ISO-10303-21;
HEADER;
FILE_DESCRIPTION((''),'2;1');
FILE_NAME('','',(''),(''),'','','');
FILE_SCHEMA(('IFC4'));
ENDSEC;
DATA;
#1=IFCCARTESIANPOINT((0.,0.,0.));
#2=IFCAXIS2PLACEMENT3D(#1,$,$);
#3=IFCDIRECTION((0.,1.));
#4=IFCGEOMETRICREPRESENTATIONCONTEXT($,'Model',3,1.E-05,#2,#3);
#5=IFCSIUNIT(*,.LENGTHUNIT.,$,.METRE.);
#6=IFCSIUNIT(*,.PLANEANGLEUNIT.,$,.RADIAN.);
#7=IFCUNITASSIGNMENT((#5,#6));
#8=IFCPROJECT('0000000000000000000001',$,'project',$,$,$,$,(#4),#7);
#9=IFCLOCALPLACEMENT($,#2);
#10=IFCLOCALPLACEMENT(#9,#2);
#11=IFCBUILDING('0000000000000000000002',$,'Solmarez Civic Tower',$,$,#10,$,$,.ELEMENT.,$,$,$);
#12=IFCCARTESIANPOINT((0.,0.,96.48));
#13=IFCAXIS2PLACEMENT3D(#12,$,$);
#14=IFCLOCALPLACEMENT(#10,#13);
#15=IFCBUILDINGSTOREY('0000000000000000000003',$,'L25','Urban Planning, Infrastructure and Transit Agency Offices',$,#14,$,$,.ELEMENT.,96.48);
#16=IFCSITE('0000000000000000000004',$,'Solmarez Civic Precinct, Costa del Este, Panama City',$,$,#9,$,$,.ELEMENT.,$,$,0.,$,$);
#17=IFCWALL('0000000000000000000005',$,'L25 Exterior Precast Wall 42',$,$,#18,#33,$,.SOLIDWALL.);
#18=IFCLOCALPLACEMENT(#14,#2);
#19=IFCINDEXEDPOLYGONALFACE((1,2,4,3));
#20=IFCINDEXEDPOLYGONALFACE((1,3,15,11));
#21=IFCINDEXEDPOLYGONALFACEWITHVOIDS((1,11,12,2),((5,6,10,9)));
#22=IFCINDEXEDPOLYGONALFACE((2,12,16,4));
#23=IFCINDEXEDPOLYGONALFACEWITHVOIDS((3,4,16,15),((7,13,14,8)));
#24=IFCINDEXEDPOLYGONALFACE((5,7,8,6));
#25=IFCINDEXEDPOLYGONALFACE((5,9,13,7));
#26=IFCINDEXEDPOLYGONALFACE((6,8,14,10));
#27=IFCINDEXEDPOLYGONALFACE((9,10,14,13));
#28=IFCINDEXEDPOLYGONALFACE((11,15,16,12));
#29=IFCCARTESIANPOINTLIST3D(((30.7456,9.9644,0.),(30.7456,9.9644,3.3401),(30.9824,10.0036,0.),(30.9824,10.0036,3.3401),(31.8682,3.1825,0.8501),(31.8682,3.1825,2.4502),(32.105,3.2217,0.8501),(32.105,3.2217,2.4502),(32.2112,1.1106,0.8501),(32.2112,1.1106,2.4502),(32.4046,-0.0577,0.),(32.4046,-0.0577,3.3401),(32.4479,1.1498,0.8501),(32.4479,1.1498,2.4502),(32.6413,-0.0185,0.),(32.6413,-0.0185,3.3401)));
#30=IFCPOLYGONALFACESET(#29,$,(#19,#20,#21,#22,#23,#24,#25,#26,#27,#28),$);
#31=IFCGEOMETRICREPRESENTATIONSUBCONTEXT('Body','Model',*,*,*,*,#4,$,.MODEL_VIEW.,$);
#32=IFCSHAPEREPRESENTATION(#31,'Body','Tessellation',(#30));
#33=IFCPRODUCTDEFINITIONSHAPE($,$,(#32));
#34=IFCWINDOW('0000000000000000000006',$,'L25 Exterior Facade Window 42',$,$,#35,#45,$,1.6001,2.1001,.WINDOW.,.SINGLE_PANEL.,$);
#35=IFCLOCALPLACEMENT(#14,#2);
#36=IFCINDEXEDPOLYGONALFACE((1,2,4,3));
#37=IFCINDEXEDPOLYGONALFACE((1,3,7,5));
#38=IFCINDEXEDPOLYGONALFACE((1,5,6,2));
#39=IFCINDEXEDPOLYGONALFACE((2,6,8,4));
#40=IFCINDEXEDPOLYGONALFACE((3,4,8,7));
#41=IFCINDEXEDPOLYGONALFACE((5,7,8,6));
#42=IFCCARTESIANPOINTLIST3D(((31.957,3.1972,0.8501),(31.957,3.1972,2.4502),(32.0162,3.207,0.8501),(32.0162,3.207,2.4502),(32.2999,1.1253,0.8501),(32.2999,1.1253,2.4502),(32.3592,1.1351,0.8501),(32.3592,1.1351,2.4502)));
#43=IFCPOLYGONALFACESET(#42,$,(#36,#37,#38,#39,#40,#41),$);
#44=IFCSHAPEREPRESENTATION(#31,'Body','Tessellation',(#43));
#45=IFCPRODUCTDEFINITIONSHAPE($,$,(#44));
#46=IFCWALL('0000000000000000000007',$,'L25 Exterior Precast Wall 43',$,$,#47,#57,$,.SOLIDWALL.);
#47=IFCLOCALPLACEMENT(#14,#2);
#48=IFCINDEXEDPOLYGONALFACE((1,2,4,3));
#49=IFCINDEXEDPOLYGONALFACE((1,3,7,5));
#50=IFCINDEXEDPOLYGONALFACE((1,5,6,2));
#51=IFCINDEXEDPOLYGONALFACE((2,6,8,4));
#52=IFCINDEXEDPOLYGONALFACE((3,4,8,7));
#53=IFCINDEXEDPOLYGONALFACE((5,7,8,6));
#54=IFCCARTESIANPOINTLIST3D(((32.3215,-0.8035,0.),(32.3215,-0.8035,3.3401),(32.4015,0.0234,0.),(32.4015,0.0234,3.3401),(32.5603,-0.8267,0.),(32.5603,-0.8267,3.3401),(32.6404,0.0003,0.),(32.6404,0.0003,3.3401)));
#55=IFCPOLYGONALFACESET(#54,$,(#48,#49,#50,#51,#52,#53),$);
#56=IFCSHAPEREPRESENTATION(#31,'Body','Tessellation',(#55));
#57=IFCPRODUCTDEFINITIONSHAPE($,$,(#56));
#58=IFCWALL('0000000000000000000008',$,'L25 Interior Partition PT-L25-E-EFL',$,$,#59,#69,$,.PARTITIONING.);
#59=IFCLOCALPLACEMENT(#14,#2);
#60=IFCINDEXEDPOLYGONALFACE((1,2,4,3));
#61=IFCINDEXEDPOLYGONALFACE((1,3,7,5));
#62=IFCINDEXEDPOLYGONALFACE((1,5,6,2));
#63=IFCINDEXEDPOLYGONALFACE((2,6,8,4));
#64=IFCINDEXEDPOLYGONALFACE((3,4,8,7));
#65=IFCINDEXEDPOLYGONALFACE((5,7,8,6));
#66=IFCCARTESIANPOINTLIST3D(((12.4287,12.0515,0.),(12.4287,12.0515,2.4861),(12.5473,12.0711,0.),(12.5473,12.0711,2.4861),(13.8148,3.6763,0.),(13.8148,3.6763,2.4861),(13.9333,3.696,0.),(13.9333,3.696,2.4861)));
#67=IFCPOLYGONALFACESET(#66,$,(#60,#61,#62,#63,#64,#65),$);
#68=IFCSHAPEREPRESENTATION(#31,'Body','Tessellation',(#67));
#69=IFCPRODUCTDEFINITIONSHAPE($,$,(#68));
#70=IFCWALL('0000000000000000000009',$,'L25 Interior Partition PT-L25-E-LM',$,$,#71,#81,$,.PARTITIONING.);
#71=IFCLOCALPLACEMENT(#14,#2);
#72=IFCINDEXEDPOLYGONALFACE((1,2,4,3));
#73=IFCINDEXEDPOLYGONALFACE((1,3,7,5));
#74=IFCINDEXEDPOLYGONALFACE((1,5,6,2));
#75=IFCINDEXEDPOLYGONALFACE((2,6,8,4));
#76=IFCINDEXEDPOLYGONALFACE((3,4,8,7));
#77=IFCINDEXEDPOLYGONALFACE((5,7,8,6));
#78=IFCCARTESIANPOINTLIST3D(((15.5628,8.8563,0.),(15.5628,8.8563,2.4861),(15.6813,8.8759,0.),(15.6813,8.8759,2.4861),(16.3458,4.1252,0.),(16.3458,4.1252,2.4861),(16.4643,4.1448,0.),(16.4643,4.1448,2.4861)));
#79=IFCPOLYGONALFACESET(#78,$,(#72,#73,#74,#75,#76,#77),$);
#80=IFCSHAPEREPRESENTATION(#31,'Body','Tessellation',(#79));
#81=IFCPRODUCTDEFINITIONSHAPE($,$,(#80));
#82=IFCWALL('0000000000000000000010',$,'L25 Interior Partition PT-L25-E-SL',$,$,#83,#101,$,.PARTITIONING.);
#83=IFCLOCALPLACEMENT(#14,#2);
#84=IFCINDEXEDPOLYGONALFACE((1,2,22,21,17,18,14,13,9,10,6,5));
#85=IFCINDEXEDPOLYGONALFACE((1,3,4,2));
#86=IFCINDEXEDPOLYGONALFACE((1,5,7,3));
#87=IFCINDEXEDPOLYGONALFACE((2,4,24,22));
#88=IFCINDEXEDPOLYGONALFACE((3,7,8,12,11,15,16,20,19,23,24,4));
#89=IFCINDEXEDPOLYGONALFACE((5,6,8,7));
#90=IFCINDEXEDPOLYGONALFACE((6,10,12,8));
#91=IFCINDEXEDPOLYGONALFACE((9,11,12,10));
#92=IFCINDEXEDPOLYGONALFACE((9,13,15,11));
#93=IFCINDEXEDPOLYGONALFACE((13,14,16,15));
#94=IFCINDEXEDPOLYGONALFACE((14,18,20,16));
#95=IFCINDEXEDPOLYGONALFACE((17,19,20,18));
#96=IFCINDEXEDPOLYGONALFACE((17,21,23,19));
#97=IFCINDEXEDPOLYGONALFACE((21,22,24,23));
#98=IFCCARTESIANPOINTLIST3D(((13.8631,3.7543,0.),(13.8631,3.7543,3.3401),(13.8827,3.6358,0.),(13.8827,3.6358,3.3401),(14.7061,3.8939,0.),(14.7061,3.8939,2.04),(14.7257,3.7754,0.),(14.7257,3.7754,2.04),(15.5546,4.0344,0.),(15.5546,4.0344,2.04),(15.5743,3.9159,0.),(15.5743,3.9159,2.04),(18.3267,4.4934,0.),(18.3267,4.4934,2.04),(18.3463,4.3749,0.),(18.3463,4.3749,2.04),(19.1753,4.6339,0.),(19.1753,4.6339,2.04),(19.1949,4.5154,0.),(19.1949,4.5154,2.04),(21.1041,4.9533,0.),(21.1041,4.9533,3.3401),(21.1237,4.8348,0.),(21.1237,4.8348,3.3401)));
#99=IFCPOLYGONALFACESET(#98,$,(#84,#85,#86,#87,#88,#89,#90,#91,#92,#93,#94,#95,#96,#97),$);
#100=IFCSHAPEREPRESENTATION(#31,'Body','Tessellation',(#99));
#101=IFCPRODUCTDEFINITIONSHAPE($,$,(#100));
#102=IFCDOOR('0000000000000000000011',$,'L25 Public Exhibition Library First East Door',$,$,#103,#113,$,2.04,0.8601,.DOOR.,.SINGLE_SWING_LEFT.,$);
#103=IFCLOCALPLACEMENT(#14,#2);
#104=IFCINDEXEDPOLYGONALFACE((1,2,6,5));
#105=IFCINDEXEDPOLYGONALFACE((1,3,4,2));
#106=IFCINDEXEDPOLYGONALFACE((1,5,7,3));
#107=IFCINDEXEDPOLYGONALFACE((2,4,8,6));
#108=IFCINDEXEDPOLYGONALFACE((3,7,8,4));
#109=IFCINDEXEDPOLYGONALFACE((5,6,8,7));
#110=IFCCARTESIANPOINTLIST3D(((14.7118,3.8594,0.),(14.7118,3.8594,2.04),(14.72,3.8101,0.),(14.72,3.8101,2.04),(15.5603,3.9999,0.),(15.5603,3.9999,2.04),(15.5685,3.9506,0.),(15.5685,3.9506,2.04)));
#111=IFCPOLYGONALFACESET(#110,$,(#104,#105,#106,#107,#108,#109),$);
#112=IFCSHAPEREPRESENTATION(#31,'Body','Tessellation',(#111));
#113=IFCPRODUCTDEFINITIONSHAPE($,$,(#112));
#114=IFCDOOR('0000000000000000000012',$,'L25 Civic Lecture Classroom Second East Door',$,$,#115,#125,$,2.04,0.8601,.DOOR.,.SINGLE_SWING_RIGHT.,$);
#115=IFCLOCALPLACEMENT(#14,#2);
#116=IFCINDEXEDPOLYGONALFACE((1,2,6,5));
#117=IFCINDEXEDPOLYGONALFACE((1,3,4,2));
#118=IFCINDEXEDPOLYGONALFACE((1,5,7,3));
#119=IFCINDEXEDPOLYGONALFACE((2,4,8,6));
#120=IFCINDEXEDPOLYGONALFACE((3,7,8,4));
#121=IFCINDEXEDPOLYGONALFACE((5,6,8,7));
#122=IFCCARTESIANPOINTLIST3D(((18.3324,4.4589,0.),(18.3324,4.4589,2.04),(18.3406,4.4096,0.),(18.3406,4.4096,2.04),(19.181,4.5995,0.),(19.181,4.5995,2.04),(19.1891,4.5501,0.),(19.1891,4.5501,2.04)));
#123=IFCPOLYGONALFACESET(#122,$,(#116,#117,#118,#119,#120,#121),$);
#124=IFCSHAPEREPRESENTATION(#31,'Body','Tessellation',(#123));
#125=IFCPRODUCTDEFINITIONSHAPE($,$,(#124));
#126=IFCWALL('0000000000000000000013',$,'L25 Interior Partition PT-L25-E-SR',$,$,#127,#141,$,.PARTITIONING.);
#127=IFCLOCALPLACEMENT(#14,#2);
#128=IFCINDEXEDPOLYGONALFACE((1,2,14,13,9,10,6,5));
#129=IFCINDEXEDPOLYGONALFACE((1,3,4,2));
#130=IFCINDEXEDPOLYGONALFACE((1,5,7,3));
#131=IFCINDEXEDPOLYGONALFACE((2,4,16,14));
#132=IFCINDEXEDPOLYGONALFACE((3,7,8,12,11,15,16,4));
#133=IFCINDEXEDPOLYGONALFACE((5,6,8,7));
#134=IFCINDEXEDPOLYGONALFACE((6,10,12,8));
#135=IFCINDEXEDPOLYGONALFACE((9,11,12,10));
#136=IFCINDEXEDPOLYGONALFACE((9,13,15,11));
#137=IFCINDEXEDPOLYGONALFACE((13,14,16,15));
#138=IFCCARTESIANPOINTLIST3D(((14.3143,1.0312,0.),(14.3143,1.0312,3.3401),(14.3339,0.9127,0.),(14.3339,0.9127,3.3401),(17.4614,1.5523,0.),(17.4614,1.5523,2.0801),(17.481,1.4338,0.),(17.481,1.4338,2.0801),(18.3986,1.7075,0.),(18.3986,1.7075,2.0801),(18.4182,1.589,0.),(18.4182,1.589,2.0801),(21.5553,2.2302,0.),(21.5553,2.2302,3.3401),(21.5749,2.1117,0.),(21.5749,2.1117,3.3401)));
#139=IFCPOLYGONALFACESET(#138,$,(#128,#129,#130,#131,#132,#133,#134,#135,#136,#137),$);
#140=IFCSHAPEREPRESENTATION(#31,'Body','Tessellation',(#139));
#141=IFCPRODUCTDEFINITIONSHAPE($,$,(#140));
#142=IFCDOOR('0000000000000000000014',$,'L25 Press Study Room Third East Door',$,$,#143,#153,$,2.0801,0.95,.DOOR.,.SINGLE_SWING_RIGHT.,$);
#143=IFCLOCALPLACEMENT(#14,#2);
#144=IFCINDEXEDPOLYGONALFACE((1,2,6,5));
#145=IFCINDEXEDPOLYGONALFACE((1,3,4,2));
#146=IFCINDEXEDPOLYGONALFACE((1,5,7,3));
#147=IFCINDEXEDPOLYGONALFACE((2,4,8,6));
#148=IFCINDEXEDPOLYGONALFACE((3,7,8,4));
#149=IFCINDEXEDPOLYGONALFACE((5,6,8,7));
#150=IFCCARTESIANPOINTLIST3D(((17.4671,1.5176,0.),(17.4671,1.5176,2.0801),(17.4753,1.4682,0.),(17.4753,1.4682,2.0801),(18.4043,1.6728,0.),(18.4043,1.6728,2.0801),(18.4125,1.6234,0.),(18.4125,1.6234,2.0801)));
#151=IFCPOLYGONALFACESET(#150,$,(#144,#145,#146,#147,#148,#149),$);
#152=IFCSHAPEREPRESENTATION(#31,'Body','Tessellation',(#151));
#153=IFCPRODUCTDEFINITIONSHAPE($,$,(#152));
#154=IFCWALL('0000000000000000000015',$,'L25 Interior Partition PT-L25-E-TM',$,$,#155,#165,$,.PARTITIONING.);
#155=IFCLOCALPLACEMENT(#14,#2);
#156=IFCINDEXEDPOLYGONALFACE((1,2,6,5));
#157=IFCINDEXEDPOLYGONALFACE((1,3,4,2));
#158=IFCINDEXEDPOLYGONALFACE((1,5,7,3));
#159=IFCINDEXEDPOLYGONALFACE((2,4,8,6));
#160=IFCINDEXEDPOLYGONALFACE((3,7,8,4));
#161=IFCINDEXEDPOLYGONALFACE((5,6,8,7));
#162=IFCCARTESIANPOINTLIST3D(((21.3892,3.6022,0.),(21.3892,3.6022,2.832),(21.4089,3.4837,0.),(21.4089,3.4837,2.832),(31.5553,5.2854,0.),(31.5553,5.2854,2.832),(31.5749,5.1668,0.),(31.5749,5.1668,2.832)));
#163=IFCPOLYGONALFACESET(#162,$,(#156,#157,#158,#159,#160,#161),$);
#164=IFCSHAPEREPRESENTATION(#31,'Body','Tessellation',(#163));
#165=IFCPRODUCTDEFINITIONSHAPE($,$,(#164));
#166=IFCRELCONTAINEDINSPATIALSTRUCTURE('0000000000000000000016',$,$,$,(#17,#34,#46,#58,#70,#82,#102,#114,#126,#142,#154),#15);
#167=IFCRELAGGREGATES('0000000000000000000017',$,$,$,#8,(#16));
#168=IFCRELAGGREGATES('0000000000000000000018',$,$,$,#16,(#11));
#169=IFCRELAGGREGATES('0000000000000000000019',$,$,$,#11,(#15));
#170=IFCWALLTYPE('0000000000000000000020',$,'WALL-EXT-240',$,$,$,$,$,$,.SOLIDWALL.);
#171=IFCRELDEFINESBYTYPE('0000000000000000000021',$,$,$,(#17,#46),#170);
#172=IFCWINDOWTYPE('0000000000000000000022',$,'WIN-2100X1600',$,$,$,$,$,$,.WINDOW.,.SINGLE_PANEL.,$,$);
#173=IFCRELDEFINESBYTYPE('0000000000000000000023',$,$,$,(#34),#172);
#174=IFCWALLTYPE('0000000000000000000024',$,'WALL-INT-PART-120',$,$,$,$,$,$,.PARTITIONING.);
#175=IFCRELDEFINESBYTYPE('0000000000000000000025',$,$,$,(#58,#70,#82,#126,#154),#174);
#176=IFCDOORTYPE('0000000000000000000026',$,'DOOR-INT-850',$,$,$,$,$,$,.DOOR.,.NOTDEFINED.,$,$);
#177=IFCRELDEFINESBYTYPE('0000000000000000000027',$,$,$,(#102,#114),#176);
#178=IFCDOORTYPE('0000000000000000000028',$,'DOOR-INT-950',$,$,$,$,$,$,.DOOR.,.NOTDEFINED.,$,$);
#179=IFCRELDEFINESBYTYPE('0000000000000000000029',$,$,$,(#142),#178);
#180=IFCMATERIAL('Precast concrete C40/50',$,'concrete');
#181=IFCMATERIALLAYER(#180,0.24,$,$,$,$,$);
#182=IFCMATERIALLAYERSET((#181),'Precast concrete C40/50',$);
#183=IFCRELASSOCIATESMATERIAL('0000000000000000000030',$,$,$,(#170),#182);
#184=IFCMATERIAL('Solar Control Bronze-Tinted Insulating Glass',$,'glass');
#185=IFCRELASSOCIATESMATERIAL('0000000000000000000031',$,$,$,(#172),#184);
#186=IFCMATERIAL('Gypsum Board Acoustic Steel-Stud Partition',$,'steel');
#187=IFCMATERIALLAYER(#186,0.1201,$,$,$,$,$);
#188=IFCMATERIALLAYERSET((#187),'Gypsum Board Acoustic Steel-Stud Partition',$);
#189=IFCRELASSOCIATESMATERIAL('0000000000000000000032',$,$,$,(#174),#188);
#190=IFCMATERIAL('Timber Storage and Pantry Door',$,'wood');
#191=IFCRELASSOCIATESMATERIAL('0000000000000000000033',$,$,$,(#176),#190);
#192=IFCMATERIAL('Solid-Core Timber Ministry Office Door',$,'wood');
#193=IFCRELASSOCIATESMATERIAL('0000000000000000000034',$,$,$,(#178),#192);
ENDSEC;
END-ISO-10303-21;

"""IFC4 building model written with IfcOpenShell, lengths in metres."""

from ifc_helpers import new_model, si_unit, direction, frame, frame_2d, origin, place, context, subcontext, project, spatial, rectangle, extrude, material, layer, layer_set, type_object, element, fill, save


model = new_model("IFC4")

# Units and contexts
model_context = context("Model", 3, precision=1e-05, world=origin(), true_north=direction((0.0, 1.0)))
body_context = subcontext(model_context, "Body", "Model", "MODEL_VIEW")
ifc_project = project(units=[si_unit("LENGTHUNIT", "METRE"), si_unit("PLANEANGLEUNIT", "RADIAN")], contexts=[model_context])

# Site, building, storey
site_placement = place(None, origin())
site = spatial("IfcSite", under=ifc_project, at=site_placement, Name="Solmarez Civic Precinct, Costa del Este, Panama City", CompositionType="ELEMENT", RefElevation=0.0)
building_placement = place(site_placement, origin())
building = spatial("IfcBuilding", under=site, at=building_placement, Name="Solmarez Civic Tower", CompositionType="ELEMENT")
storey_placement = place(building_placement, frame((0.0, 0.0, 96.48)))
storey = spatial("IfcBuildingStorey", under=building, at=storey_placement, Name="L25", Description="Urban Planning, Infrastructure and Transit Agency Offices", CompositionType="ELEMENT", Elevation=96.48)

# Shared definitions
ifc_material_1 = material(Name="Precast concrete C40/50", Category="concrete")
ifc_layer_1 = layer(ifc_material_1, 0.24)
ifc_layer_set_1 = layer_set([ifc_layer_1], Name="Precast concrete C40/50")
wall_type_1 = type_object("IfcWallType", Name="WALL-EXT-240", PredefinedType="SOLIDWALL", material=ifc_layer_set_1)

# Wall, opening, window
wall_1_placement = place(storey_placement, frame((30.864, 9.9839, 0.0), z_axis=(0.0, 0.0, 1.0), x_axis=(0.163308, -0.986575, 0.0)))
wall_1 = element("IfcWall", 1, at=wall_1_placement, inside=storey, type_object=wall_type_1, Name="L25 Exterior Precast Wall 42", PredefinedType="SOLIDWALL", context=body_context, shape_type="SweptSolid", body=[
    extrude(rectangle(XDim=10.1584, YDim=0.24, at=frame_2d((5.0791, 0.0))), origin(), (0.0, 0.0, 1.0), 3.3401),
])
opening_1_placement = place(wall_1_placement, frame((6.874, 0.0, 0.8501)))
opening_1 = element("IfcOpeningElement", 2, at=opening_1_placement, cuts=wall_1, PredefinedType="OPENING", context=body_context, shape_type="SweptSolid", body=[
    extrude(rectangle(XDim=2.1001, YDim=1.6001, at=frame_2d((1.05, 0.8))), frame((0.0, 0.1299, 0.0), z_axis=(0.0, -1.0, 0.0), x_axis=(1.0, 0.0, 0.0)), (0.0, 0.0, 1.0), 0.26),
])
ifc_material_2 = material(Name="Solar Control Bronze-Tinted Insulating Glass", Category="glass")
window_type = type_object("IfcWindowType", Name="WIN-2100X1600", PartitioningType="SINGLE_PANEL", PredefinedType="WINDOW", material=ifc_material_2)
window_placement = place(opening_1_placement, origin())
window = element("IfcWindow", 3, at=window_placement, inside=storey, type_object=window_type, Name="L25 Exterior Facade Window 42", OverallHeight=1.6001, OverallWidth=2.1001, PartitioningType="SINGLE_PANEL", PredefinedType="WINDOW", context=body_context, shape_type="SweptSolid", body=[
    extrude(rectangle(XDim=2.1001, YDim=1.6001, at=frame_2d((1.05, 0.8))), frame((0.0, 0.03, 0.0), z_axis=(0.0, -1.0, 0.0), x_axis=(1.0, 0.0, 0.0)), (0.0, 0.0, 1.0), 0.0601),
])
fill(opening_1, window)

# Walls
wall_2_placement = place(storey_placement, frame((32.521, 0.012, 0.0), z_axis=(0.0, 0.0, 1.0), x_axis=(-0.09639, -0.995344, 0.0)))
element("IfcWall", 4, at=wall_2_placement, inside=storey, type_object=wall_type_1, Name="L25 Exterior Precast Wall 43", PredefinedType="SOLIDWALL", context=body_context, shape_type="SweptSolid", body=[
    extrude(rectangle(XDim=0.8308, YDim=0.24, at=frame_2d((0.4155, 0.0))), origin(), (0.0, 0.0, 1.0), 3.3401),
])
ifc_material_3 = material(Name="Gypsum Board Acoustic Steel-Stud Partition", Category="steel")
ifc_layer_2 = layer(ifc_material_3, 0.1201)
ifc_layer_set_2 = layer_set([ifc_layer_2], Name="Gypsum Board Acoustic Steel-Stud Partition")
wall_type_2 = type_object("IfcWallType", Name="WALL-INT-PART-120", PredefinedType="PARTITIONING", material=ifc_layer_set_2)
wall_3_placement = place(storey_placement, frame((13.874, 3.686, 0.0), z_axis=(0.0, 0.0, 1.0), x_axis=(-0.16327, 0.986581, 0.0)))
element("IfcWall", 5, at=wall_3_placement, inside=storey, type_object=wall_type_2, Name="L25 Interior Partition PT-L25-E-EFL", PredefinedType="PARTITIONING", context=body_context, shape_type="SweptSolid", body=[
    extrude(rectangle(XDim=8.489, YDim=0.1201, at=frame_2d((4.2446, 0.0))), origin(), (0.0, 0.0, 1.0), 2.4861),
])
wall_4_placement = place(storey_placement, frame((16.405, 4.135, 0.0), z_axis=(0.0, 0.0, 1.0), x_axis=(-0.163276, 0.98658, 0.0)))
element("IfcWall", 6, at=wall_4_placement, inside=storey, type_object=wall_type_2, Name="L25 Interior Partition PT-L25-E-LM", PredefinedType="PARTITIONING", context=body_context, shape_type="SweptSolid", body=[
    extrude(rectangle(XDim=4.7954, YDim=0.1201, at=frame_2d((2.3977, 0.0))), origin(), (0.0, 0.0, 1.0), 2.4861),
])

# Wall, openings, doors
wall_5_placement = place(storey_placement, frame((21.114, 4.894, 0.0), z_axis=(0.0, 0.0, 1.0), x_axis=(-0.986567, -0.163358, 0.0)))
wall_5 = element("IfcWall", 7, at=wall_5_placement, inside=storey, type_object=wall_type_2, Name="L25 Interior Partition PT-L25-E-SL", PredefinedType="PARTITIONING", context=body_context, shape_type="SweptSolid", body=[
    extrude(rectangle(XDim=7.3396, YDim=0.1201, at=frame_2d((3.6699, 0.0))), origin(), (0.0, 0.0, 1.0), 3.3401),
])
opening_2_placement = place(wall_5_placement, frame((5.625, 0.0, 0.0)))
opening_2 = element("IfcOpeningElement", 8, at=opening_2_placement, cuts=wall_5, PredefinedType="OPENING", context=body_context, shape_type="SweptSolid", body=[
    extrude(rectangle(XDim=0.8601, YDim=2.04, at=frame_2d((0.4302, 1.02))), frame((0.0, 0.0701, 0.0), z_axis=(0.0, -1.0, 0.0), x_axis=(1.0, 0.0, 0.0)), (0.0, 0.0, 1.0), 0.1401),
])
opening_3_placement = place(wall_5_placement, frame((1.9551, 0.0, 0.0)))
opening_3 = element("IfcOpeningElement", 9, at=opening_3_placement, cuts=wall_5, PredefinedType="OPENING", context=body_context, shape_type="SweptSolid", body=[
    extrude(rectangle(XDim=0.8601, YDim=2.04, at=frame_2d((0.4302, 1.02))), frame((0.0, 0.0701, 0.0), z_axis=(0.0, -1.0, 0.0), x_axis=(1.0, 0.0, 0.0)), (0.0, 0.0, 1.0), 0.1401),
])
ifc_material_4 = material(Name="Timber Storage and Pantry Door", Category="wood")
door_type_1 = type_object("IfcDoorType", Name="DOOR-INT-850", OperationType="NOTDEFINED", PredefinedType="DOOR", material=ifc_material_4)
door_1_placement = place(opening_2_placement, origin())
door_1 = element("IfcDoor", 10, at=door_1_placement, inside=storey, type_object=door_type_1, Name="L25 Public Exhibition Library First East Door", OperationType="SINGLE_SWING_LEFT", OverallHeight=2.04, OverallWidth=0.8601, PredefinedType="DOOR", context=body_context, shape_type="SweptSolid", body=[
    extrude(rectangle(XDim=0.8601, YDim=2.04, at=frame_2d((0.4302, 1.02))), frame((0.0, 0.0249, 0.0), z_axis=(0.0, -1.0, 0.0), x_axis=(1.0, 0.0, 0.0)), (0.0, 0.0, 1.0), 0.05),
])
fill(opening_2, door_1)
door_2_placement = place(opening_3_placement, origin())
door_2 = element("IfcDoor", 11, at=door_2_placement, inside=storey, type_object=door_type_1, Name="L25 Civic Lecture Classroom Second East Door", OperationType="SINGLE_SWING_RIGHT", OverallHeight=2.04, OverallWidth=0.8601, PredefinedType="DOOR", context=body_context, shape_type="SweptSolid", body=[
    extrude(rectangle(XDim=0.8601, YDim=2.04, at=frame_2d((0.4302, 1.02))), frame((0.0, 0.0249, 0.0), z_axis=(0.0, -1.0, 0.0), x_axis=(1.0, 0.0, 0.0)), (0.0, 0.0, 1.0), 0.05),
])
fill(opening_3, door_2)

# Wall, opening, door
wall_6_placement = place(storey_placement, frame((14.324, 0.9719, 0.0), z_axis=(0.0, 0.0, 1.0), x_axis=(0.986567, 0.163358, 0.0)))
wall_6 = element("IfcWall", 12, at=wall_6_placement, inside=storey, type_object=wall_type_2, Name="L25 Interior Partition PT-L25-E-SR", PredefinedType="PARTITIONING", context=body_context, shape_type="SweptSolid", body=[
    extrude(rectangle(XDim=7.3396, YDim=0.1201, at=frame_2d((3.6699, 0.0))), origin(), (0.0, 0.0, 1.0), 3.3401),
])
opening_4_placement = place(wall_6_placement, frame((3.1899, 0.0, 0.0)))
opening_4 = element("IfcOpeningElement", 13, at=opening_4_placement, cuts=wall_6, PredefinedType="OPENING", context=body_context, shape_type="SweptSolid", body=[
    extrude(rectangle(XDim=0.95, YDim=2.0801, at=frame_2d((0.4751, 1.04))), frame((0.0, 0.0701, 0.0), z_axis=(0.0, -1.0, 0.0), x_axis=(1.0, 0.0, 0.0)), (0.0, 0.0, 1.0), 0.1401),
])
ifc_material_5 = material(Name="Solid-Core Timber Ministry Office Door", Category="wood")
door_type_2 = type_object("IfcDoorType", Name="DOOR-INT-950", OperationType="NOTDEFINED", PredefinedType="DOOR", material=ifc_material_5)
door_3_placement = place(opening_4_placement, origin())
door_3 = element("IfcDoor", 14, at=door_3_placement, inside=storey, type_object=door_type_2, Name="L25 Press Study Room Third East Door", OperationType="SINGLE_SWING_RIGHT", OverallHeight=2.0801, OverallWidth=0.95, PredefinedType="DOOR", context=body_context, shape_type="SweptSolid", body=[
    extrude(rectangle(XDim=0.95, YDim=2.0801, at=frame_2d((0.4751, 1.04))), frame((0.0, 0.0249, 0.0), z_axis=(0.0, -1.0, 0.0), x_axis=(1.0, 0.0, 0.0)), (0.0, 0.0, 1.0), 0.05),
])
fill(opening_4, door_3)

# Wall
wall_7_placement = place(storey_placement, frame((21.3989, 3.543, 0.0), z_axis=(0.0, 0.0, 1.0), x_axis=(0.98657, 0.163338, 0.0)))
element("IfcWall", 15, at=wall_7_placement, inside=storey, type_object=wall_type_2, Name="L25 Interior Partition PT-L25-E-TM", PredefinedType="PARTITIONING", context=body_context, shape_type="SweptSolid", body=[
    extrude(rectangle(XDim=10.3044, YDim=0.1201, at=frame_2d((5.1523, 0.0))), origin(), (0.0, 0.0, 1.0), 2.832),
])

save(model, "model.ifc")
